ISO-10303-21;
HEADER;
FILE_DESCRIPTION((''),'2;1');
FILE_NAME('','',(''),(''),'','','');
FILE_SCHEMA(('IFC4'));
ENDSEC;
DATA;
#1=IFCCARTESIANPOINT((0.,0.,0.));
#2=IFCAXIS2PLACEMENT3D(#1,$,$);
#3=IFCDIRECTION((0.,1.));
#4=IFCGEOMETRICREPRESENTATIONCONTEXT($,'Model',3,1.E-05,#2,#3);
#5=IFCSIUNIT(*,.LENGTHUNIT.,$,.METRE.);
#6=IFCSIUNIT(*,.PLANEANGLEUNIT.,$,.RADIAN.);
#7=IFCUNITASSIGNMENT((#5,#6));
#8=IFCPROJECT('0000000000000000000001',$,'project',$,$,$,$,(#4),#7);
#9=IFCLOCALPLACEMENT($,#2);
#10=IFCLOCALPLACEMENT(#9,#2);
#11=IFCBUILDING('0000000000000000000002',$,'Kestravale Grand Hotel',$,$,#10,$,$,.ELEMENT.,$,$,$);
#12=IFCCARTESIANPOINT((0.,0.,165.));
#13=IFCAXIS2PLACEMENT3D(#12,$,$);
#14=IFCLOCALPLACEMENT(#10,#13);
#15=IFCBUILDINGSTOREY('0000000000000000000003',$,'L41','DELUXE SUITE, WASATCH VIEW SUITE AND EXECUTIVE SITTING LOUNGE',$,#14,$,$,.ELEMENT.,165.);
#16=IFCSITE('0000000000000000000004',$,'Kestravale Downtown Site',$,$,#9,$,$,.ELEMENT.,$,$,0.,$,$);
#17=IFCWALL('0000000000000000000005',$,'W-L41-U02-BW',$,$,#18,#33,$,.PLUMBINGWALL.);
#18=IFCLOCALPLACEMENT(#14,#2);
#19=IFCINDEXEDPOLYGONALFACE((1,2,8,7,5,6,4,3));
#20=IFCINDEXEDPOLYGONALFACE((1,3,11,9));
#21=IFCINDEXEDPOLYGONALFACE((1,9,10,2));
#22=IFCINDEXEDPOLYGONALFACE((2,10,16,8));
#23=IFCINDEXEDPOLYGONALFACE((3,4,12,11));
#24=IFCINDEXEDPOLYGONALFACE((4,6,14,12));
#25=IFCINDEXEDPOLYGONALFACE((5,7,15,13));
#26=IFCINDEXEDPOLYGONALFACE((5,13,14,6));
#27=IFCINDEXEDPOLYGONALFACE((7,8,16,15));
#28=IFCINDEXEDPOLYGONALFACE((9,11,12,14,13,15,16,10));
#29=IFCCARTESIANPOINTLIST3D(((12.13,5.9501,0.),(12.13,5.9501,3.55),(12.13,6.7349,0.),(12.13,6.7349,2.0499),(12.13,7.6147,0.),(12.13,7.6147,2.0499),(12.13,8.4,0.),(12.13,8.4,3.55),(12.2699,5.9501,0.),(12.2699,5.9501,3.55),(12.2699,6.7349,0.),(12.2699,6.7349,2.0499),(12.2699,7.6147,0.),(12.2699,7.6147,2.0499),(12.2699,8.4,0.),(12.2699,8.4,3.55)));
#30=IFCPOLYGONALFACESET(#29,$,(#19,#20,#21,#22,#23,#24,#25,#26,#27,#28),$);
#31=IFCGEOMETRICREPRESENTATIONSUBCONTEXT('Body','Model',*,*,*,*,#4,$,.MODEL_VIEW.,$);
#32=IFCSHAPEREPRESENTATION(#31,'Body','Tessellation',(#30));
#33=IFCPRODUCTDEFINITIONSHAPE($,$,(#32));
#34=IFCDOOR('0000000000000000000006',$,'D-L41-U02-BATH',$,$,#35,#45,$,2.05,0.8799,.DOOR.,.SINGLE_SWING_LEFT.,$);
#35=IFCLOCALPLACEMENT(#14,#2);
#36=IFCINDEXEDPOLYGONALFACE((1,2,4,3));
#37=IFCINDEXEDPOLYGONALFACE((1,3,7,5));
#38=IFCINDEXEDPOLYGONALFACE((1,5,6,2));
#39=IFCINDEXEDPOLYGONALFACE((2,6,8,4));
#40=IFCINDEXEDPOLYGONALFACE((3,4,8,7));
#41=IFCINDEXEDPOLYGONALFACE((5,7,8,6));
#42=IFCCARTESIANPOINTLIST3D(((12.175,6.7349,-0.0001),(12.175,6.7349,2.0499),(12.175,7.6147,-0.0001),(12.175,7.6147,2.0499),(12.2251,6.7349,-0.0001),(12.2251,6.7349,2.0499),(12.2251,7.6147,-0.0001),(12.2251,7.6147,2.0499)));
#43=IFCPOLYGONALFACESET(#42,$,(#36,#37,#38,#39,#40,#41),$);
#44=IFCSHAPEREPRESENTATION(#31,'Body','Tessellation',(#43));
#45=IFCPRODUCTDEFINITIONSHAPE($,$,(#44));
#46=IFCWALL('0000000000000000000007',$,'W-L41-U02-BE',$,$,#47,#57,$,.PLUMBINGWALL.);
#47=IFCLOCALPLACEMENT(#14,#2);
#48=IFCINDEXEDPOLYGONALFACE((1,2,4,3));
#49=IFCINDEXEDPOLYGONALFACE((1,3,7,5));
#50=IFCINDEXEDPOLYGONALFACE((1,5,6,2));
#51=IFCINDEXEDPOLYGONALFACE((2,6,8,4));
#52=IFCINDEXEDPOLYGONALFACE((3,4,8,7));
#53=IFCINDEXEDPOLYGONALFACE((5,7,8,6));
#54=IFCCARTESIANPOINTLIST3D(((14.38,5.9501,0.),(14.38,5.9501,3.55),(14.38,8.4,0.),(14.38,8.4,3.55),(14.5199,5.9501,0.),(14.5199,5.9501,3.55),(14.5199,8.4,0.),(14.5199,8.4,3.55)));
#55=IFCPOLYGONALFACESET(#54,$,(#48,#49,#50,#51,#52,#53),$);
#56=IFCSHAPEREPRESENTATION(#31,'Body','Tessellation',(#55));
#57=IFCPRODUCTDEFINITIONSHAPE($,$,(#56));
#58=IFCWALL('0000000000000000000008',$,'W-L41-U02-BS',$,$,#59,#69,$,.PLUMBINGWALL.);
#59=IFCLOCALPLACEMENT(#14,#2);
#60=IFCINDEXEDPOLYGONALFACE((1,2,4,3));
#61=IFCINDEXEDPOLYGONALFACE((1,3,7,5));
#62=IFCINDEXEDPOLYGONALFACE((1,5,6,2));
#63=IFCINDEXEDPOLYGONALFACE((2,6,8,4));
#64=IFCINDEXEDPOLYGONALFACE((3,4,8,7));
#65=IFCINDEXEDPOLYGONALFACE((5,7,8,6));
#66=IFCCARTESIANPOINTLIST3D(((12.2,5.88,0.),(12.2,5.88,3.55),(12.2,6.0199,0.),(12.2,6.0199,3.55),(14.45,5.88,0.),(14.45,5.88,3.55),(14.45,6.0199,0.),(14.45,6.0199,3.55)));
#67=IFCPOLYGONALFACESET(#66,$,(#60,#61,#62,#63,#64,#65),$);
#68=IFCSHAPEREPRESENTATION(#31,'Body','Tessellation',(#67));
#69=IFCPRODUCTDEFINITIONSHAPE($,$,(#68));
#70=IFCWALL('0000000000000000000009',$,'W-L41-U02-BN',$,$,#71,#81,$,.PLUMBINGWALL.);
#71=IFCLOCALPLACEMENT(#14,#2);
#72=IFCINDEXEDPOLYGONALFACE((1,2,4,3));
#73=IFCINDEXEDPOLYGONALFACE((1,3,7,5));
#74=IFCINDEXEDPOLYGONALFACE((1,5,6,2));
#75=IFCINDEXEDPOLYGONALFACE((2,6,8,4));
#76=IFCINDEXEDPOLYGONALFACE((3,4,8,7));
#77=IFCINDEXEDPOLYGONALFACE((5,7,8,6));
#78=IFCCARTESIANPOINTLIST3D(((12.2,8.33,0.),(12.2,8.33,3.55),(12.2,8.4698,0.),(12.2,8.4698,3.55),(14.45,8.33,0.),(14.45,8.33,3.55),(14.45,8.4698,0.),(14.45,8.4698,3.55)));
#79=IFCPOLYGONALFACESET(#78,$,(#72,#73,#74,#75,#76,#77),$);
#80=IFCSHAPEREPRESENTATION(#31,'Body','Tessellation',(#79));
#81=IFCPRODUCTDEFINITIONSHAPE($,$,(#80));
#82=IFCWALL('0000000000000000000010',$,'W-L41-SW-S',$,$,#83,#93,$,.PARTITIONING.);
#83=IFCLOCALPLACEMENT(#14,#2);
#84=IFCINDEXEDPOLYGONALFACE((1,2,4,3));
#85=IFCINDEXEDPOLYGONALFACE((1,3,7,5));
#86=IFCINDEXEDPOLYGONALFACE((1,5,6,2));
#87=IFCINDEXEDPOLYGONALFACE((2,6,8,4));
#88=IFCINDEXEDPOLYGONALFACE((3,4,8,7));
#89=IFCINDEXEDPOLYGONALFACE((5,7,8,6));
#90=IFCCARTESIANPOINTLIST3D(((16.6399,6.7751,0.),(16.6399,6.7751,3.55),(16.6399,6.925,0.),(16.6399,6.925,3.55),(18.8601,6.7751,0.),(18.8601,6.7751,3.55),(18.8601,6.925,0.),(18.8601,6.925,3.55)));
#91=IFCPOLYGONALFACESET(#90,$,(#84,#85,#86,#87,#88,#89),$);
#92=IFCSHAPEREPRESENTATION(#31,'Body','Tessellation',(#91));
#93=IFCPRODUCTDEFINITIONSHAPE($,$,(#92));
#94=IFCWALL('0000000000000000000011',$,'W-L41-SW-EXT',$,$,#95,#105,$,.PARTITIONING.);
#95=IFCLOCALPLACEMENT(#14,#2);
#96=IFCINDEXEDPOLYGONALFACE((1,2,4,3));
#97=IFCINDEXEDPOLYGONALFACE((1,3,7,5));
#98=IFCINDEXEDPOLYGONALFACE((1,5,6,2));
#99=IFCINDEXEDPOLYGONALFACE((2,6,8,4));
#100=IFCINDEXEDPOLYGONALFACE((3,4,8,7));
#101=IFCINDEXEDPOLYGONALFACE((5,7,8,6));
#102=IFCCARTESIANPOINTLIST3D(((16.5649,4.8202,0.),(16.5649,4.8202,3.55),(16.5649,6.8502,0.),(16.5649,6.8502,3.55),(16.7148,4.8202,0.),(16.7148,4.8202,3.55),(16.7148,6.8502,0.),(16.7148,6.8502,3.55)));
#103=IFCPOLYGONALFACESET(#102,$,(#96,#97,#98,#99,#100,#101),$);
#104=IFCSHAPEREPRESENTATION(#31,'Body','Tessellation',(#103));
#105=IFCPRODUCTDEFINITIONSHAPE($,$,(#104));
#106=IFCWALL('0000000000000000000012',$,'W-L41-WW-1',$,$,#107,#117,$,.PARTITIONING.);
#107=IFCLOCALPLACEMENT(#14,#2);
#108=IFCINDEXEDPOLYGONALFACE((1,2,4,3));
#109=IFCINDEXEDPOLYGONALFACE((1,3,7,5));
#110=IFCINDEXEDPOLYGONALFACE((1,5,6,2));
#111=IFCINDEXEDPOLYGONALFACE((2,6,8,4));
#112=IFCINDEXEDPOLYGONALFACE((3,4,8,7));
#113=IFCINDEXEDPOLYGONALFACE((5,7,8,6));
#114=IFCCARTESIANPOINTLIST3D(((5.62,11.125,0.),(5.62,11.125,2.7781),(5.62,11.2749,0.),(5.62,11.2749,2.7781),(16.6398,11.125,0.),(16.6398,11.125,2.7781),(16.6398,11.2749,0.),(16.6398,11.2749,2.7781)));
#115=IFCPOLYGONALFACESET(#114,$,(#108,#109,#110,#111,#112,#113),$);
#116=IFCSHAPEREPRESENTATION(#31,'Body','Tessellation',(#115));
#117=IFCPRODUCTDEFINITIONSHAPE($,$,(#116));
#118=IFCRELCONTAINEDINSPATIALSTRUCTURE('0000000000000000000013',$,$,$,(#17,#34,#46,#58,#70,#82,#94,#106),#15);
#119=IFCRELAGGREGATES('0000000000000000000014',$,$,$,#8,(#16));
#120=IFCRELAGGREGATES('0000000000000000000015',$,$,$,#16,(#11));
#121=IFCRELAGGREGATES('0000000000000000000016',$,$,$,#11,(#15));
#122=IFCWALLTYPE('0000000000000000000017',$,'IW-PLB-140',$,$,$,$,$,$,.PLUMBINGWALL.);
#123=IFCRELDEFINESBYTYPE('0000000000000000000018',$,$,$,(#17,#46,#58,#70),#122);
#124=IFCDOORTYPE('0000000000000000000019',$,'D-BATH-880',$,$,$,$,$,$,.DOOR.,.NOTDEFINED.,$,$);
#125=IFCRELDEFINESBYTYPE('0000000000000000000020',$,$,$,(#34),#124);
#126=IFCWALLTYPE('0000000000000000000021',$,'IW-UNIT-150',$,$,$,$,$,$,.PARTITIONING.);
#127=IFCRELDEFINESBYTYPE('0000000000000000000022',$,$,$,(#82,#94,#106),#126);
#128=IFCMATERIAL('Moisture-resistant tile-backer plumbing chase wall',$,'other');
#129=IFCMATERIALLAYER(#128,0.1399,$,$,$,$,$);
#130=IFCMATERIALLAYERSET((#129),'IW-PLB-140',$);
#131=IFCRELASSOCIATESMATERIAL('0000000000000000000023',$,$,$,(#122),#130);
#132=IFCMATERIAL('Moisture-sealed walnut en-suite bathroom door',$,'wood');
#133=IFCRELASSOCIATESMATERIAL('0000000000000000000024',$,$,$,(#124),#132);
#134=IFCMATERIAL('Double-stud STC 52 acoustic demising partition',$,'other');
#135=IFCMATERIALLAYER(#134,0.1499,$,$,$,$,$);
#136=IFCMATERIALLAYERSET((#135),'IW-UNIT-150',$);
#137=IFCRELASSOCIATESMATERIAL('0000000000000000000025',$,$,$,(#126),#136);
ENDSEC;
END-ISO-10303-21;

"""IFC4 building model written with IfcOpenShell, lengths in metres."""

from ifc_helpers import new_model, si_unit, direction, frame, frame_2d, origin, place, context, subcontext, project, spatial, rectangle, extrude, material, layer, layer_set, type_object, element, fill, save


model = new_model("IFC4")

# Units and contexts
model_context = context("Model", 3, precision=1e-05, world=origin(), true_north=direction((0.0, 1.0)))
body_context = subcontext(model_context, "Body", "Model", "MODEL_VIEW")
ifc_project = project(units=[si_unit("LENGTHUNIT", "METRE"), si_unit("PLANEANGLEUNIT", "RADIAN")], contexts=[model_context])

# Site, building, storey
site_placement = place(None, origin())
site = spatial("IfcSite", under=ifc_project, at=site_placement, Name="Kestravale Downtown Site", CompositionType="ELEMENT", RefElevation=0.0)
building_placement = place(site_placement, origin())
building = spatial("IfcBuilding", under=site, at=building_placement, Name="Kestravale Grand Hotel", CompositionType="ELEMENT")
storey_placement = place(building_placement, frame((0.0, 0.0, 165.0)))
storey = spatial("IfcBuildingStorey", under=building, at=storey_placement, Name="L41", Description="DELUXE SUITE, WASATCH VIEW SUITE AND EXECUTIVE SITTING LOUNGE", CompositionType="ELEMENT", Elevation=165.0)

# Wall, opening, door
ifc_material_1 = material(Name="Moisture-resistant tile-backer plumbing chase wall", Category="other")
ifc_layer_1 = layer(ifc_material_1, 0.1399)
ifc_layer_set_1 = layer_set([ifc_layer_1], Name="IW-PLB-140")
wall_type_1 = type_object("IfcWallType", Name="IW-PLB-140", PredefinedType="PLUMBINGWALL", material=ifc_layer_set_1)
wall_1_placement = place(storey_placement, frame((12.2, 5.95, 0.0), z_axis=(0.0, 0.0, 1.0), x_axis=(0.0, 1.0, 0.0)))
wall_1 = element("IfcWall", 1, at=wall_1_placement, inside=storey, type_object=wall_type_1, Name="W-L41-U02-BW", PredefinedType="PLUMBINGWALL", context=body_context, shape_type="SweptSolid", body=[
    extrude(rectangle(XDim=2.45, YDim=0.1399, at=frame_2d((1.2251, 0.0))), origin(), (0.0, 0.0, 1.0), 3.55),
])
opening_1_placement = place(wall_1_placement, frame((0.7849, 0.0, 0.0)))
opening_1 = element("IfcOpeningElement", 2, at=opening_1_placement, cuts=wall_1, PredefinedType="OPENING", context=body_context, shape_type="SweptSolid", body=[
    extrude(rectangle(XDim=0.8799, YDim=2.05, at=frame_2d((0.4399, 1.0249))), frame((0.0, 0.0798, 0.0), z_axis=(0.0, -1.0, 0.0), x_axis=(1.0, 0.0, 0.0)), (0.0, 0.0, 1.0), 0.1599),
])
ifc_material_2 = material(Name="Moisture-sealed walnut en-suite bathroom door", Category="wood")
door_type_1 = type_object("IfcDoorType", Name="D-BATH-880", OperationType="NOTDEFINED", PredefinedType="DOOR", material=ifc_material_2)
door_1_placement = place(opening_1_placement, origin())
door_1 = element("IfcDoor", 3, at=door_1_placement, inside=storey, type_object=door_type_1, Name="D-L41-U02-BATH", OperationType="SINGLE_SWING_LEFT", OverallHeight=2.05, OverallWidth=0.8799, PredefinedType="DOOR", context=body_context, shape_type="SweptSolid", body=[
    extrude(rectangle(XDim=0.8799, YDim=2.05, at=frame_2d((0.4399, 1.0249))), frame((0.0, 0.0249, 0.0), z_axis=(0.0, -1.0, 0.0), x_axis=(1.0, 0.0, 0.0)), (0.0, 0.0, 1.0), 0.05),
])
fill(opening_1, door_1)

# Walls
wall_2_placement = place(storey_placement, frame((14.45, 5.95, 0.0), z_axis=(0.0, 0.0, 1.0), x_axis=(0.0, 1.0, 0.0)))
element("IfcWall", 4, at=wall_2_placement, inside=storey, type_object=wall_type_1, Name="W-L41-U02-BE", PredefinedType="PLUMBINGWALL", context=body_context, shape_type="SweptSolid", body=[
    extrude(rectangle(XDim=2.45, YDim=0.1399, at=frame_2d((1.2251, 0.0))), origin(), (0.0, 0.0, 1.0), 3.55),
])
for number, where, z_axis, x_axis, name in (
    (5, (12.2, 5.95, 0.0), (0.0, 0.0, 1.0), (1.0, 0.0, 0.0), "W-L41-U02-BS"),
    (6, (12.2, 8.3999, 0.0), (0.0, 0.0, 1.0), (1.0, 0.0, 0.0), "W-L41-U02-BN"),
):
    element("IfcWall", number, at=place(storey_placement, frame(where, z_axis=z_axis, x_axis=x_axis)), inside=storey, type_object=wall_type_1, Name=name, PredefinedType="PLUMBINGWALL", context=body_context, shape_type="SweptSolid", body=[
        extrude(rectangle(XDim=2.25, YDim=0.1399, at=frame_2d((1.125, 0.0))), origin(), (0.0, 0.0, 1.0), 3.55),
    ])
ifc_material_3 = material(Name="Double-stud STC 52 acoustic demising partition", Category="other")
ifc_layer_2 = layer(ifc_material_3, 0.1499)
ifc_layer_set_2 = layer_set([ifc_layer_2], Name="IW-UNIT-150")
wall_type_2 = type_object("IfcWallType", Name="IW-UNIT-150", PredefinedType="PARTITIONING", material=ifc_layer_set_2)
wall_3_placement = place(storey_placement, frame((16.6399, 6.8501, 0.0), z_axis=(0.0, 0.0, 1.0), x_axis=(1.0, 0.0, 0.0)))
element("IfcWall", 7, at=wall_3_placement, inside=storey, type_object=wall_type_2, Name="W-L41-SW-S", PredefinedType="PARTITIONING", context=body_context, shape_type="SweptSolid", body=[
    extrude(rectangle(XDim=2.2202, YDim=0.1499, at=frame_2d((1.1101, 0.0))), origin(), (0.0, 0.0, 1.0), 3.55),
])
wall_4_placement = place(storey_placement, frame((16.6399, 4.8201, 0.0), z_axis=(0.0, 0.0, 1.0), x_axis=(0.0, 1.0, 0.0)))
element("IfcWall", 8, at=wall_4_placement, inside=storey, type_object=wall_type_2, Name="W-L41-SW-EXT", PredefinedType="PARTITIONING", context=body_context, shape_type="SweptSolid", body=[
    extrude(rectangle(XDim=2.03, YDim=0.1499, at=frame_2d((1.0151, 0.0))), origin(), (0.0, 0.0, 1.0), 3.55),
])
wall_5_placement = place(storey_placement, frame((5.6201, 11.2, 0.0), z_axis=(0.0, 0.0, 1.0), x_axis=(1.0, 0.0, 0.0)))
element("IfcWall", 9, at=wall_5_placement, inside=storey, type_object=wall_type_2, Name="W-L41-WW-1", PredefinedType="PARTITIONING", context=body_context, shape_type="SweptSolid", body=[
    extrude(rectangle(XDim=11.0198, YDim=0.1499, at=frame_2d((5.5098, 0.0))), origin(), (0.0, 0.0, 1.0), 2.7781),
])

save(model, "model.ifc")
